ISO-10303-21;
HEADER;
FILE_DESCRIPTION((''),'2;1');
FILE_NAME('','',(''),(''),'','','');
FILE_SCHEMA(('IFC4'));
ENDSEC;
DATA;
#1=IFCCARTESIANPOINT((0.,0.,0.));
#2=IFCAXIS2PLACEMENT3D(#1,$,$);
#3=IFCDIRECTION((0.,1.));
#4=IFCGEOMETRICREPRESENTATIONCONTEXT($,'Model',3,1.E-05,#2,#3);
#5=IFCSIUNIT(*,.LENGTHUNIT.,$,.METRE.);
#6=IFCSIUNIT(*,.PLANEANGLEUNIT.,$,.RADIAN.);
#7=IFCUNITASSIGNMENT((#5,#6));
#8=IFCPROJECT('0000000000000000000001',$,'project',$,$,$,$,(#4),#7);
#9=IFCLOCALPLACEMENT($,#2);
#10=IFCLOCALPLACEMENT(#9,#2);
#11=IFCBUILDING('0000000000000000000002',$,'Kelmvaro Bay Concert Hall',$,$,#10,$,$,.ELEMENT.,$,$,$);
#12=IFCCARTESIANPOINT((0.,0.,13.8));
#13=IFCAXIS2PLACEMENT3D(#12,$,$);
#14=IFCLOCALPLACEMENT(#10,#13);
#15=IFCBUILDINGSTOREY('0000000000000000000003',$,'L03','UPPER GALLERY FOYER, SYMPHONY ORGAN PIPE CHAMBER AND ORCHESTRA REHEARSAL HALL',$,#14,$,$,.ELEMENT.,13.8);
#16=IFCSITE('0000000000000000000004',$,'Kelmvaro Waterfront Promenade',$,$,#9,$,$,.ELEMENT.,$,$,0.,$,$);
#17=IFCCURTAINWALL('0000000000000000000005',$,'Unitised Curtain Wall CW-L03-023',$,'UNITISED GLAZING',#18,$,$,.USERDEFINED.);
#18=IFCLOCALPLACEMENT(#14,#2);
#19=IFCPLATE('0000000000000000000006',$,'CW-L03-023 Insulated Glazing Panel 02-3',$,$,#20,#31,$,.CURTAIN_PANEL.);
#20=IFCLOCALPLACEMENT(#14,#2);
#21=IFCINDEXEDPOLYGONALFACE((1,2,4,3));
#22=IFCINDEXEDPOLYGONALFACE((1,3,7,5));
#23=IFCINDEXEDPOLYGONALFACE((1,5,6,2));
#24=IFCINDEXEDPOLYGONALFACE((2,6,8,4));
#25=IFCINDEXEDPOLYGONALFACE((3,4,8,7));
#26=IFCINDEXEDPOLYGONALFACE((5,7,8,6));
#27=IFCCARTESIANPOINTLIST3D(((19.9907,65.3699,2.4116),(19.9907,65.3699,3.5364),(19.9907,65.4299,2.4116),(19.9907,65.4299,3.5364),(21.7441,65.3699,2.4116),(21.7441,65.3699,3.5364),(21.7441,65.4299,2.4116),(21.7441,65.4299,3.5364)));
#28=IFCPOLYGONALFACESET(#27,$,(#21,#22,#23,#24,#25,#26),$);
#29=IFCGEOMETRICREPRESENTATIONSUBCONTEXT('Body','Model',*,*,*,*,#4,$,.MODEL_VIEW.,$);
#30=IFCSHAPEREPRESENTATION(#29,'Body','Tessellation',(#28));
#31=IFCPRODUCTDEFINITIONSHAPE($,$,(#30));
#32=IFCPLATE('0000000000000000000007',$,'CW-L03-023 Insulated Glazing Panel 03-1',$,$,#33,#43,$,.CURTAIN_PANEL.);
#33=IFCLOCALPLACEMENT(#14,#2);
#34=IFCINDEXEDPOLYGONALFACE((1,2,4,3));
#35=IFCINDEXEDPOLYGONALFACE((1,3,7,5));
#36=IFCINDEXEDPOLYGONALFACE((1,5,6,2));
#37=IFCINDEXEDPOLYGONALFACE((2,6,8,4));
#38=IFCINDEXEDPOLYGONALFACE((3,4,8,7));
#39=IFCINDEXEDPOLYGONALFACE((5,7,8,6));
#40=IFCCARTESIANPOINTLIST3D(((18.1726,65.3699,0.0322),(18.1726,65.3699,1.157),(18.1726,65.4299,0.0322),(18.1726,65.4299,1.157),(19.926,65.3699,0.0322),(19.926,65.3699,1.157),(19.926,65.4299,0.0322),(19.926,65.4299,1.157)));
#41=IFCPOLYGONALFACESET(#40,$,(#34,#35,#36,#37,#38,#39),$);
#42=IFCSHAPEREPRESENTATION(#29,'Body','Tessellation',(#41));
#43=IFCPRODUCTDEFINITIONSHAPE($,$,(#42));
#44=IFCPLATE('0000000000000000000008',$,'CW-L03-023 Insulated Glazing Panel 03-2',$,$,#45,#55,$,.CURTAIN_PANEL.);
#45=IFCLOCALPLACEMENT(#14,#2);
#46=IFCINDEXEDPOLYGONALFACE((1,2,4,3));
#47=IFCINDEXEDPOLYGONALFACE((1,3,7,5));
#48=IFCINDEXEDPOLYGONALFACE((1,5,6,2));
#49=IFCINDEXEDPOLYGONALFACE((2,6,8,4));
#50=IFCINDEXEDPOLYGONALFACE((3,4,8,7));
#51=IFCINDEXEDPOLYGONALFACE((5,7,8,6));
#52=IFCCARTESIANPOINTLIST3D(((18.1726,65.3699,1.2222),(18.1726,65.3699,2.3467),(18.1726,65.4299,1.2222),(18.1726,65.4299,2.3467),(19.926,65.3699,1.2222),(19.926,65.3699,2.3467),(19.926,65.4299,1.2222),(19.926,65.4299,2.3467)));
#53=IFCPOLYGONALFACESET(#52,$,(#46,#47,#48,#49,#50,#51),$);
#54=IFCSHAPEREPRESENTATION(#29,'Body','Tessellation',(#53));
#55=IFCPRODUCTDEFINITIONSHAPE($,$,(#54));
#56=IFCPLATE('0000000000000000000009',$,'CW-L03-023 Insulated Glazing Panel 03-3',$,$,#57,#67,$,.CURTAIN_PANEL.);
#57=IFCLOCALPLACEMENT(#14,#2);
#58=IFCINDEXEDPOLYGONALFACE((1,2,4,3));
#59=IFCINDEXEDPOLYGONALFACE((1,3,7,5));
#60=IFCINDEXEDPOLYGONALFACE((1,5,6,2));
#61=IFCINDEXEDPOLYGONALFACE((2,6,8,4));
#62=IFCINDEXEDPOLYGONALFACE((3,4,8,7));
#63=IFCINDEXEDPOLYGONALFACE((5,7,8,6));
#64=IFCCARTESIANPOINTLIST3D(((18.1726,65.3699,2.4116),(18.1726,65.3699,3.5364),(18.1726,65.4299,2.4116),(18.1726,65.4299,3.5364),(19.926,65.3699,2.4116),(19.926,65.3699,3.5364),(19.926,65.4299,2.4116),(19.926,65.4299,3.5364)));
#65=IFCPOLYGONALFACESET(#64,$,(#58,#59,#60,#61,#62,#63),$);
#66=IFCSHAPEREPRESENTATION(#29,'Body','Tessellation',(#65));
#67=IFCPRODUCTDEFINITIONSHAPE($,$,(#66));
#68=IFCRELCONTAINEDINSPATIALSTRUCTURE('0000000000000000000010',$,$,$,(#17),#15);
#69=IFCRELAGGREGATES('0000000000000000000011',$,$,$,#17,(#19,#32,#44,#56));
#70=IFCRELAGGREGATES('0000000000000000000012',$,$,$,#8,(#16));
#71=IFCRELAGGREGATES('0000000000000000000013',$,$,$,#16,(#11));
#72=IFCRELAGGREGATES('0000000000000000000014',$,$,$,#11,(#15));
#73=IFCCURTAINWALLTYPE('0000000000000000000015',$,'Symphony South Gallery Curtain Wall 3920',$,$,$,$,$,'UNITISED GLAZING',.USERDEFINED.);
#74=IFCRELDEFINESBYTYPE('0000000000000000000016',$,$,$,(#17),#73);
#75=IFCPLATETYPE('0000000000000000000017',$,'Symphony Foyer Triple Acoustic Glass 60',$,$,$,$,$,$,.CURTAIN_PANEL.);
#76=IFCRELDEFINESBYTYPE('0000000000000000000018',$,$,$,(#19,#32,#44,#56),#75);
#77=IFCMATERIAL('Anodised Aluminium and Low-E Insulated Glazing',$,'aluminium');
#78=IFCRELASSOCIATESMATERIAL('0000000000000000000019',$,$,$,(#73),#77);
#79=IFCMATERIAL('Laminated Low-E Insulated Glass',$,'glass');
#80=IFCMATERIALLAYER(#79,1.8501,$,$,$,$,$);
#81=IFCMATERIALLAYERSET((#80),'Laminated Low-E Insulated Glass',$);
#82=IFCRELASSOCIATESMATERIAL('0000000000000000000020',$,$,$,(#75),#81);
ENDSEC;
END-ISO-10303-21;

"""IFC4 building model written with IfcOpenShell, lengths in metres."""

from ifc_helpers import new_model, si_unit, direction, frame, origin, origin_2d, place, context, subcontext, project, spatial, rectangle, extrude, material, layer, layer_set, type_object, element, aggregate, save


model = new_model("IFC4")

# Units and contexts
model_context = context("Model", 3, precision=1e-05, world=origin(), true_north=direction((0.0, 1.0)))
body_context = subcontext(model_context, "Body", "Model", "MODEL_VIEW")
ifc_project = project(units=[si_unit("LENGTHUNIT", "METRE"), si_unit("PLANEANGLEUNIT", "RADIAN")], contexts=[model_context])

# Site, building, storey
site_placement = place(None, origin())
site = spatial("IfcSite", under=ifc_project, at=site_placement, Name="Kelmvaro Waterfront Promenade", CompositionType="ELEMENT", RefElevation=0.0)
building_placement = place(site_placement, origin())
building = spatial("IfcBuilding", under=site, at=building_placement, Name="Kelmvaro Bay Concert Hall", CompositionType="ELEMENT")
storey_placement = place(building_placement, frame((0.0, 0.0, 13.8)))
storey = spatial("IfcBuildingStorey", under=building, at=storey_placement, Name="L03", Description="UPPER GALLERY FOYER, SYMPHONY ORGAN PIPE CHAMBER AND ORCHESTRA REHEARSAL HALL", CompositionType="ELEMENT", Elevation=13.8)

# Curtain wall
ifc_material_1 = material(Name="Anodised Aluminium and Low-E Insulated Glazing", Category="aluminium")
curtain_wall_type = type_object("IfcCurtainWallType", Name="Symphony South Gallery Curtain Wall 3920", ElementType="UNITISED GLAZING", PredefinedType="USERDEFINED", material=ifc_material_1)
curtain_wall_1_placement = place(storey_placement, origin())
curtain_wall_1 = element("IfcCurtainWall", 1, at=curtain_wall_1_placement, inside=storey, type_object=curtain_wall_type, Name="Unitised Curtain Wall CW-L03-023", ObjectType="UNITISED GLAZING", PredefinedType="USERDEFINED")

# Plates
ifc_material_2 = material(Name="Laminated Low-E Insulated Glass", Category="glass")
ifc_layer = layer(ifc_material_2, 1.8501)
ifc_layer_set = layer_set([ifc_layer], Name="Laminated Low-E Insulated Glass")
plate_type = type_object("IfcPlateType", Name="Symphony Foyer Triple Acoustic Glass 60", PredefinedType="CURTAIN_PANEL", material=ifc_layer_set)
plate_1_placement = place(storey_placement, frame((20.8674, 65.3999, 2.4116), z_axis=(0.0, 0.0, 1.0), x_axis=(-1.0, 0.0, 0.0)))
plate_1 = element("IfcPlate", 2, at=plate_1_placement, type_object=plate_type, Name="CW-L03-023 Insulated Glazing Panel 02-3", PredefinedType="CURTAIN_PANEL", context=body_context, shape_type="SweptSolid", body=[
    extrude(rectangle(XDim=1.7534, YDim=0.0601, at=origin_2d()), origin(), (0.0, 0.0, 1.0), 1.1248),
])
plate_2_placement = place(storey_placement, frame((19.0493, 65.3999, 0.0322), z_axis=(0.0, 0.0, 1.0), x_axis=(-1.0, 0.0, 0.0)))
plate_2 = element("IfcPlate", 3, at=plate_2_placement, type_object=plate_type, Name="CW-L03-023 Insulated Glazing Panel 03-1", PredefinedType="CURTAIN_PANEL", context=body_context, shape_type="SweptSolid", body=[
    extrude(rectangle(XDim=1.7534, YDim=0.0601, at=origin_2d()), origin(), (0.0, 0.0, 1.0), 1.1248),
])
plate_3_placement = place(storey_placement, frame((19.0493, 65.3999, 1.2222), z_axis=(0.0, 0.0, 1.0), x_axis=(-1.0, 0.0, 0.0)))
plate_3 = element("IfcPlate", 4, at=plate_3_placement, type_object=plate_type, Name="CW-L03-023 Insulated Glazing Panel 03-2", PredefinedType="CURTAIN_PANEL", context=body_context, shape_type="SweptSolid", body=[
    extrude(rectangle(XDim=1.7534, YDim=0.0601, at=origin_2d()), origin(), (0.0, 0.0, 1.0), 1.1245),
])
plate_4_placement = place(storey_placement, frame((19.0493, 65.3999, 2.4116), z_axis=(0.0, 0.0, 1.0), x_axis=(-1.0, 0.0, 0.0)))
plate_4 = element("IfcPlate", 5, at=plate_4_placement, type_object=plate_type, Name="CW-L03-023 Insulated Glazing Panel 03-3", PredefinedType="CURTAIN_PANEL", context=body_context, shape_type="SweptSolid", body=[
    extrude(rectangle(XDim=1.7534, YDim=0.0601, at=origin_2d()), origin(), (0.0, 0.0, 1.0), 1.1248),
])
aggregate(curtain_wall_1, [plate_1, plate_2, plate_3, plate_4])

save(model, "model.ifc")
